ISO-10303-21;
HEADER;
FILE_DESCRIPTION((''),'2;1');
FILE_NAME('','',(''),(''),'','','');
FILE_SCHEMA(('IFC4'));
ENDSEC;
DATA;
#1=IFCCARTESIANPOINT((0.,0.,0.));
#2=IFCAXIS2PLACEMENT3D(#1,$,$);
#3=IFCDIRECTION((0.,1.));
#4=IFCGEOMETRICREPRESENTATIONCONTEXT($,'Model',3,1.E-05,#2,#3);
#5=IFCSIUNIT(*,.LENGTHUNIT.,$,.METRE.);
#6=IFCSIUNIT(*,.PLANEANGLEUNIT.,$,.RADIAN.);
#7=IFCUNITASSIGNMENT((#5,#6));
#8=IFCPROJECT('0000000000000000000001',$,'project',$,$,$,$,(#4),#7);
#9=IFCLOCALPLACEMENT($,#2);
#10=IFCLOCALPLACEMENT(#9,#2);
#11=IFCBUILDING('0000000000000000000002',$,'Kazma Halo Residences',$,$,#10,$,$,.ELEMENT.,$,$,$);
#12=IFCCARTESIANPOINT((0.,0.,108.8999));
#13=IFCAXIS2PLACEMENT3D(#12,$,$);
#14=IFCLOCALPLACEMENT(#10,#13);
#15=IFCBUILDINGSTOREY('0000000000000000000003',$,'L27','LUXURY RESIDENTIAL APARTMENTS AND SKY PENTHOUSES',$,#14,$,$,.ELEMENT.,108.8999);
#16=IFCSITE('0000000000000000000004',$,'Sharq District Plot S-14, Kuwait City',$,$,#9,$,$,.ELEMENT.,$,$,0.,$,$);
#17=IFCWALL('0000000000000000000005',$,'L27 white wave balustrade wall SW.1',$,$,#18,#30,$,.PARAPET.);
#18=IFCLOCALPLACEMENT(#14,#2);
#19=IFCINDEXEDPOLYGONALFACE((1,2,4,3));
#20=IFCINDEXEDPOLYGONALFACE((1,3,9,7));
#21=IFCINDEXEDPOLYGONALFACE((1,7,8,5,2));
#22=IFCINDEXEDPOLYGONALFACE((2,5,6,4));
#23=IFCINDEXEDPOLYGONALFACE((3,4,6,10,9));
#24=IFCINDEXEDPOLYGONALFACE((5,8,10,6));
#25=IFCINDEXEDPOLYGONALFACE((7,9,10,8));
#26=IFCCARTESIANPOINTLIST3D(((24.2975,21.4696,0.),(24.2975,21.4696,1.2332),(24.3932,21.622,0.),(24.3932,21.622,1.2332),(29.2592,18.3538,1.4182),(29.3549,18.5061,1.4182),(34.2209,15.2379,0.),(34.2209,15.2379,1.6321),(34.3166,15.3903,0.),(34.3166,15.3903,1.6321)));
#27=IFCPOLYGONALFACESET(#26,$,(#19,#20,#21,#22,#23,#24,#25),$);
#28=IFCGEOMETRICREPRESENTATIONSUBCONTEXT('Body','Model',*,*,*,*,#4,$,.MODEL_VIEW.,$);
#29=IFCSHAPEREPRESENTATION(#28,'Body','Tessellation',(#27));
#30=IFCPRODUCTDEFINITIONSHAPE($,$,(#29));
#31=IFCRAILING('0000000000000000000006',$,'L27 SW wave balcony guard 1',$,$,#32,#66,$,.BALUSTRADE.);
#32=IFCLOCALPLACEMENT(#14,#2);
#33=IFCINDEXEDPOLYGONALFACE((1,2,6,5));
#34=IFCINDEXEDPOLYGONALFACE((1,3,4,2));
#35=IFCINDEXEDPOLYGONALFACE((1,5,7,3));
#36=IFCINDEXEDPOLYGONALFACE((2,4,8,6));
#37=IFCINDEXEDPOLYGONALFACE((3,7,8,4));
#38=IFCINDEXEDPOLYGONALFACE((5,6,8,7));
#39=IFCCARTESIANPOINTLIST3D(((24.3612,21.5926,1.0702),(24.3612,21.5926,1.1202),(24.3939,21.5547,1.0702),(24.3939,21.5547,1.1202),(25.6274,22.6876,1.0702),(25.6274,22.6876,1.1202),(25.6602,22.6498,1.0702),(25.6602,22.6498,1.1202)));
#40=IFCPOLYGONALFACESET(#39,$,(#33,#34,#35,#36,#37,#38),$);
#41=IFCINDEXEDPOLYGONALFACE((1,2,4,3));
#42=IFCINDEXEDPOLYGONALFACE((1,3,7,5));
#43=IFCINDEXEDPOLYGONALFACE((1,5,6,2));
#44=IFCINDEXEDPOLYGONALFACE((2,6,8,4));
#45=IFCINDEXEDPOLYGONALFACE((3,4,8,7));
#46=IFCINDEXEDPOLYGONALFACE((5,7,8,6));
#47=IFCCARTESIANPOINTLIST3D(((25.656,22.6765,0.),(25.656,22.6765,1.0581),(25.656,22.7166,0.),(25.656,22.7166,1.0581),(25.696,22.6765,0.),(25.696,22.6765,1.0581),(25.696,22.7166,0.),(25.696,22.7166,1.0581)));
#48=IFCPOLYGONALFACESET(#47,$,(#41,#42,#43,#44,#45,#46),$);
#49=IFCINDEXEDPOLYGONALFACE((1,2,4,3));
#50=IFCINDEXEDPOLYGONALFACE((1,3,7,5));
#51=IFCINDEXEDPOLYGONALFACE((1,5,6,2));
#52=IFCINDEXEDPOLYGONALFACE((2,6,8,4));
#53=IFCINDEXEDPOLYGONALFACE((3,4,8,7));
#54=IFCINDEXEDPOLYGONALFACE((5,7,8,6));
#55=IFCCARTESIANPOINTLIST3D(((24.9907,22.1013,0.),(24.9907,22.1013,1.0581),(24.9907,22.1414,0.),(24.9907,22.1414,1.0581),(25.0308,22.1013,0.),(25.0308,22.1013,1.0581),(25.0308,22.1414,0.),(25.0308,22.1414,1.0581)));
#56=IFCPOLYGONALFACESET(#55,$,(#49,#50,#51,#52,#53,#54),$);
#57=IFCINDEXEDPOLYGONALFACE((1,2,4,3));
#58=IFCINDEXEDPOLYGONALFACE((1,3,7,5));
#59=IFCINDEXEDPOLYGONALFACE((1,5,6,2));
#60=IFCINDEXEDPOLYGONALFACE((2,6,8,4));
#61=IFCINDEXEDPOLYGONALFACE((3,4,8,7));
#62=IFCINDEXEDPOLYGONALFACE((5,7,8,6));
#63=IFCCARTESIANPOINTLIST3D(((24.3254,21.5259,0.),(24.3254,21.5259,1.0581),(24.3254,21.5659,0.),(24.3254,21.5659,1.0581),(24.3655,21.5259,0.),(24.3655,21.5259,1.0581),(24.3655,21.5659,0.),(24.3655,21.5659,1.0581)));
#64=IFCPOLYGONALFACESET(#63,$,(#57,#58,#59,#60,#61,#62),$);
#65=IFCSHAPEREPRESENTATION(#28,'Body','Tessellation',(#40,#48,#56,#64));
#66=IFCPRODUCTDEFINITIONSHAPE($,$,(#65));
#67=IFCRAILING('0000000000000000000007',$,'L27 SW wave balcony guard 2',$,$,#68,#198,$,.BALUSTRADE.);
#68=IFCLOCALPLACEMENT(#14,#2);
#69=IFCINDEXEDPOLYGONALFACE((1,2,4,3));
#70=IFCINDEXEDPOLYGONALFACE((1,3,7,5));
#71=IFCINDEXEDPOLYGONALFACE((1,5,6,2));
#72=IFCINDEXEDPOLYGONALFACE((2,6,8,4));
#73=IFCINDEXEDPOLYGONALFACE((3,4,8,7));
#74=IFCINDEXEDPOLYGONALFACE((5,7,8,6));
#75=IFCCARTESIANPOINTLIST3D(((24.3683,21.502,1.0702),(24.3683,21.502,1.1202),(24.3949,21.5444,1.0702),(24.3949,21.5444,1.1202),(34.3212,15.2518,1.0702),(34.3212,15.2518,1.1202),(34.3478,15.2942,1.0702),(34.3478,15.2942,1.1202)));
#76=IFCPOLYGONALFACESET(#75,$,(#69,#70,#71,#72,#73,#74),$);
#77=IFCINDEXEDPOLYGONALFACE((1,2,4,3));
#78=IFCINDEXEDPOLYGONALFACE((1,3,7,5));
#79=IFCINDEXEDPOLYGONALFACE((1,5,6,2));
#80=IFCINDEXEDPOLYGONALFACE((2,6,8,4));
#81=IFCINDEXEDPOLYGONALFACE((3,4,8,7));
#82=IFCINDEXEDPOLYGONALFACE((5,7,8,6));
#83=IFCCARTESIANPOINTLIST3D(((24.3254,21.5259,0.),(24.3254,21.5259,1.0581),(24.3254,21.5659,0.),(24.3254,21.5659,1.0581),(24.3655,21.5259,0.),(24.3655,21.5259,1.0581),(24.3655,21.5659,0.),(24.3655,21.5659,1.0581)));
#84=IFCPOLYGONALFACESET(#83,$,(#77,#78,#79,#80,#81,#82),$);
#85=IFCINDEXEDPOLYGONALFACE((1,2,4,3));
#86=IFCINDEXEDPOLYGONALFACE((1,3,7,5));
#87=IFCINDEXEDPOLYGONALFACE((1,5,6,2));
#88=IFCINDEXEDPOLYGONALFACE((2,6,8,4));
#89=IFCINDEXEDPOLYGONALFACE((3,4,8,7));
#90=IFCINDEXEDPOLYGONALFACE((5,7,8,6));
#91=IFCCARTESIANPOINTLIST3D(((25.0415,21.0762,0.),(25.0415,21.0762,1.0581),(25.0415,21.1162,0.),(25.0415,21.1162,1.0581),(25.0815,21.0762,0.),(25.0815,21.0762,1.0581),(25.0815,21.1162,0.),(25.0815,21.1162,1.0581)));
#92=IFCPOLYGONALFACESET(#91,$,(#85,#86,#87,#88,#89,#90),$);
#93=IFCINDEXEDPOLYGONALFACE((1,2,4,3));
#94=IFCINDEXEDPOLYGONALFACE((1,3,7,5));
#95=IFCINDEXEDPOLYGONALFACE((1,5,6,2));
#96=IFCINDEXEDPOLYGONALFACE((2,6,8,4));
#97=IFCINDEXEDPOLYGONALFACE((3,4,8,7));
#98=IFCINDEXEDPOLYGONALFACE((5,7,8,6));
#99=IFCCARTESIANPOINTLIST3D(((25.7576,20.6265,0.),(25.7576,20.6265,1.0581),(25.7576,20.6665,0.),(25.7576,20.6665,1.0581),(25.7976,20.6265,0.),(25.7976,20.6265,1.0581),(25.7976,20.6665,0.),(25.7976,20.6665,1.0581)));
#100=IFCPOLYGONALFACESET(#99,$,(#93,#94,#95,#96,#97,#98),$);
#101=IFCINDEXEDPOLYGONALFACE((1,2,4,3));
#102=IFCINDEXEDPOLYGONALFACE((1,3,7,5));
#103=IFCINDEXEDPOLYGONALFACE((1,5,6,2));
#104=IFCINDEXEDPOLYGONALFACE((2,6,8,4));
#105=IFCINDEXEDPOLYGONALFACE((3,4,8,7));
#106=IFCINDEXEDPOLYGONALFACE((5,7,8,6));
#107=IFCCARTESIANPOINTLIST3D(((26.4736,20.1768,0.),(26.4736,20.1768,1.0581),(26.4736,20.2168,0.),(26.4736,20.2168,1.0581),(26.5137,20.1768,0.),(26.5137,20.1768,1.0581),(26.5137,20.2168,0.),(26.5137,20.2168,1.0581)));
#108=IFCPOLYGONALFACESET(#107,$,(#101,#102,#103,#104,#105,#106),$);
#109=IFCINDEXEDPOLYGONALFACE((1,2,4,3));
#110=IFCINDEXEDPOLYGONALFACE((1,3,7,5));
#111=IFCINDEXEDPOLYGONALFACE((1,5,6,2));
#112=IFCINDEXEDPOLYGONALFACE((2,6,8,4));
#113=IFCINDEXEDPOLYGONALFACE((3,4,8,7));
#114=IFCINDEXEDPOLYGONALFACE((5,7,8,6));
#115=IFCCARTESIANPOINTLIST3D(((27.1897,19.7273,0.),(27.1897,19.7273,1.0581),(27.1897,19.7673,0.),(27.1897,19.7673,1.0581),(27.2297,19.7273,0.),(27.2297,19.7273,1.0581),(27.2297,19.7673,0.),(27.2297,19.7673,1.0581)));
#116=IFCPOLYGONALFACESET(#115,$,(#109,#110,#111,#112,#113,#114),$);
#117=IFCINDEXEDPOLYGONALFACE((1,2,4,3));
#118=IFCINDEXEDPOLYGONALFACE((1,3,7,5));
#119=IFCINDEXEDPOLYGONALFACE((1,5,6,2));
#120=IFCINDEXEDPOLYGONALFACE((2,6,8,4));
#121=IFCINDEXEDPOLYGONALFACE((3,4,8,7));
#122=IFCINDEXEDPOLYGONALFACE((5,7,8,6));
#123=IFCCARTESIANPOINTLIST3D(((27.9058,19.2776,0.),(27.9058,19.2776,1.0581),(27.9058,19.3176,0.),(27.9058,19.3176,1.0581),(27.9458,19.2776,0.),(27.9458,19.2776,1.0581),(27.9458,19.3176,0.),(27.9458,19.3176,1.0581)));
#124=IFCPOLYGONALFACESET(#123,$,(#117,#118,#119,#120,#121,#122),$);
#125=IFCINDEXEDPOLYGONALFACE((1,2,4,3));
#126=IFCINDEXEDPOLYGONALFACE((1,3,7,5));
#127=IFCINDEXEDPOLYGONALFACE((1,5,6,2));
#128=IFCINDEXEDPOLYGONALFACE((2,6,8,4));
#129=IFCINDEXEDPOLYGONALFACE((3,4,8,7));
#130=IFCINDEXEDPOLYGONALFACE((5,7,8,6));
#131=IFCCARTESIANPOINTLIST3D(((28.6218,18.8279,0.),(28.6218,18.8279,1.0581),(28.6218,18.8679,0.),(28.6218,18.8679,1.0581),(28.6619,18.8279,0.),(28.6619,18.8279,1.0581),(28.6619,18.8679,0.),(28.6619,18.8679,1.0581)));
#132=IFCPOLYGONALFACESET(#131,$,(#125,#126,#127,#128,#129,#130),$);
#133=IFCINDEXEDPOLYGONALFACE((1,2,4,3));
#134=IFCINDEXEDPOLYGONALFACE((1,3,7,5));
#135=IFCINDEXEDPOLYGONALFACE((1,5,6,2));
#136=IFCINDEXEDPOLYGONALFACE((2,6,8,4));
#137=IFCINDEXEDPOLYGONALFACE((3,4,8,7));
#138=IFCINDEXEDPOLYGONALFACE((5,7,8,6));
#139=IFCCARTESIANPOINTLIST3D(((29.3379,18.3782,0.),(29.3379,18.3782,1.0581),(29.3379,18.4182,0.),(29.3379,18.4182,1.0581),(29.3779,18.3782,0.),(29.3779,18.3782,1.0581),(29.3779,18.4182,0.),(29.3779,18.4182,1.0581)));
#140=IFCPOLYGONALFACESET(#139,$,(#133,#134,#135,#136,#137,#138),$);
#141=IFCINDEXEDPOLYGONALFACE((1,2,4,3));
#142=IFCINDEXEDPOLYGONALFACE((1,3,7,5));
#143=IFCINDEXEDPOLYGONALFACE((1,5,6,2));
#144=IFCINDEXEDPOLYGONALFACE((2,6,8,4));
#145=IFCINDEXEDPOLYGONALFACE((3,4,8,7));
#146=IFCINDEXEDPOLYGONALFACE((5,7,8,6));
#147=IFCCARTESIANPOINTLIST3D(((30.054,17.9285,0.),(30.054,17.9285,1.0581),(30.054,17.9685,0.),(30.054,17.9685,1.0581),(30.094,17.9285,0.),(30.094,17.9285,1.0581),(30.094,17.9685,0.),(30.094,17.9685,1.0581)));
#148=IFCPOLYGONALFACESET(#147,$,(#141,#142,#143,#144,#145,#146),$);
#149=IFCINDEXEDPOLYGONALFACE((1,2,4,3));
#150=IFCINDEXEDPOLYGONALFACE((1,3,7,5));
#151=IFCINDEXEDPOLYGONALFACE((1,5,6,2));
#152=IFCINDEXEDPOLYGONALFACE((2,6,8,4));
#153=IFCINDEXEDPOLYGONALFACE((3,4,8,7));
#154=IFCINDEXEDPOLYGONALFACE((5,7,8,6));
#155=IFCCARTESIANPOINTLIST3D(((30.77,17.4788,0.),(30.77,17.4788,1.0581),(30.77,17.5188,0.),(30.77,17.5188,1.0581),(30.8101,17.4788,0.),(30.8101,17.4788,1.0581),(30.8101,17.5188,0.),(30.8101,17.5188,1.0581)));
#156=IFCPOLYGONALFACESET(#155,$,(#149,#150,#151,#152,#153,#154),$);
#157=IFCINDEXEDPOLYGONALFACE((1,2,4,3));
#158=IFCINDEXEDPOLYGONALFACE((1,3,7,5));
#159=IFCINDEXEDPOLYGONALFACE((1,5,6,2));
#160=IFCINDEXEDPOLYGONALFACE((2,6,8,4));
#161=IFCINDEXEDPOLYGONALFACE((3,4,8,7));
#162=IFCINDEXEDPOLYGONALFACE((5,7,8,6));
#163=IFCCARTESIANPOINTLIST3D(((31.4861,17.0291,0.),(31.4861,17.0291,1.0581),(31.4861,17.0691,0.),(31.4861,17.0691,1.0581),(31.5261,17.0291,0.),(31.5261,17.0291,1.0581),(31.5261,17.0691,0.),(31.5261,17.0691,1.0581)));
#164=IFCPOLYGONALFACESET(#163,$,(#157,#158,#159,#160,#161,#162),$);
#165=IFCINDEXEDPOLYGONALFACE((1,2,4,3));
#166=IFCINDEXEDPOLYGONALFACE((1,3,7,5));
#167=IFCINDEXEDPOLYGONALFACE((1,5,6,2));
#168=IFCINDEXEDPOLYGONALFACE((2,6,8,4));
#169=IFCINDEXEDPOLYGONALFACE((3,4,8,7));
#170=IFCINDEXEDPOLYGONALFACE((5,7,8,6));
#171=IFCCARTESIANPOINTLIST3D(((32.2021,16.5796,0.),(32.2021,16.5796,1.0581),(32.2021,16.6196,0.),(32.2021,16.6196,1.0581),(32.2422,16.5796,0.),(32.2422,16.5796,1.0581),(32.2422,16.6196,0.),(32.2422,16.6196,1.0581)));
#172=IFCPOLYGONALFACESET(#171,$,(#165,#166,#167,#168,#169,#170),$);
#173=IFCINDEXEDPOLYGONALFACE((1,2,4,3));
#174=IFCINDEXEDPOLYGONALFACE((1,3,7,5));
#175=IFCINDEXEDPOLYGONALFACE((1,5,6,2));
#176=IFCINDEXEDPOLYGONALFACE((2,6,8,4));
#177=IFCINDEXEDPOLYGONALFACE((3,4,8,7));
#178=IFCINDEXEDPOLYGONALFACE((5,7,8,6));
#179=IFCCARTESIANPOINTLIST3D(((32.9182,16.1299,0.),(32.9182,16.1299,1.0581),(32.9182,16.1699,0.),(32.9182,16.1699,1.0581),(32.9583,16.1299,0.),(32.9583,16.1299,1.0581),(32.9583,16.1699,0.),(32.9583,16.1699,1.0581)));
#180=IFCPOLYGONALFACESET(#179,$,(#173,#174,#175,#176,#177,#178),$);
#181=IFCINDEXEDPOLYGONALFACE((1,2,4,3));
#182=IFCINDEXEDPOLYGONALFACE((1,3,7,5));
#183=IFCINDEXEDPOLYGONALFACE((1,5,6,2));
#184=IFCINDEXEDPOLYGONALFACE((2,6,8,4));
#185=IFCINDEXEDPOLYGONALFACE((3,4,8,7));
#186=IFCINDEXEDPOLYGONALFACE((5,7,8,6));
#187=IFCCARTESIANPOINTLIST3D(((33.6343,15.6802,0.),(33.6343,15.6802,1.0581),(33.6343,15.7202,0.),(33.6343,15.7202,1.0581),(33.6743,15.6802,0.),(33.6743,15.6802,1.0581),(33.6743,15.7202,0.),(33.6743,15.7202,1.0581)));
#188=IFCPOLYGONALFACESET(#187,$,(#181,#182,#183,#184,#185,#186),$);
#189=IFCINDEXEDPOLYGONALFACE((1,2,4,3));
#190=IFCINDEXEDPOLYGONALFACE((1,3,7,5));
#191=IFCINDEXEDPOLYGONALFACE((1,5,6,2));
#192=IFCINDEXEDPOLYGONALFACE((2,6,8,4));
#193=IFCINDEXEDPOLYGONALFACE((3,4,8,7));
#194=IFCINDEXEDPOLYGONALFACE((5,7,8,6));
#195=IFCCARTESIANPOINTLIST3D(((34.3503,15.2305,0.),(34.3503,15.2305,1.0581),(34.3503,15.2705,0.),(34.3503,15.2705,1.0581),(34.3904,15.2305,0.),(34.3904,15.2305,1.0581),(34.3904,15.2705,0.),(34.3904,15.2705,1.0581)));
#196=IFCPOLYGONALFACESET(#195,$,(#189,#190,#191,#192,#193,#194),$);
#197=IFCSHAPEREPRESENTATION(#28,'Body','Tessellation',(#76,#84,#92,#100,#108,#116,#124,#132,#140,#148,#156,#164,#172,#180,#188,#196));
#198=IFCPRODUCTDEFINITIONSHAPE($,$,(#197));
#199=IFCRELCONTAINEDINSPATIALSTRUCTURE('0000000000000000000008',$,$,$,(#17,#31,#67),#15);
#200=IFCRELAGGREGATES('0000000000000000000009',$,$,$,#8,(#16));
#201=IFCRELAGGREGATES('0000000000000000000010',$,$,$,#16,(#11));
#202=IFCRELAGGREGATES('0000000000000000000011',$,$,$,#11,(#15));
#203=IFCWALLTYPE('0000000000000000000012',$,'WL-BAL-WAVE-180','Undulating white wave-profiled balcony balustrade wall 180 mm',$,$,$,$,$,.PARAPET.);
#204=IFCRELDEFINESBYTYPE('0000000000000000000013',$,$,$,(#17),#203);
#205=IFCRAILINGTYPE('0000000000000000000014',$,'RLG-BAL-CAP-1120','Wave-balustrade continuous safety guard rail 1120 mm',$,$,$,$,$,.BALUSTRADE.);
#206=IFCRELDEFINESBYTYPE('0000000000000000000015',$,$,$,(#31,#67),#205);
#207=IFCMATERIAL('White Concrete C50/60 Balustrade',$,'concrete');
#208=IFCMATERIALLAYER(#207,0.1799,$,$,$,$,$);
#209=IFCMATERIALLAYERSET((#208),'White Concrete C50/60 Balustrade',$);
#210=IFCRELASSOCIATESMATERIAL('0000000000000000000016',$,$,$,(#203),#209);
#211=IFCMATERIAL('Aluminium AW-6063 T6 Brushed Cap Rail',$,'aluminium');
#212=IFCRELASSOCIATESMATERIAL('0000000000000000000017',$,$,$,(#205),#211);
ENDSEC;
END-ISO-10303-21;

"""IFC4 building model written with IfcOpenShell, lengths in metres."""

from ifc_helpers import new_model, si_unit, direction, frame, origin, origin_2d, place, context, subcontext, project, spatial, polyline, rectangle, outline, extrude, material, layer, layer_set, type_object, element, save


model = new_model("IFC4")

# Units and contexts
model_context = context("Model", 3, precision=1e-05, world=origin(), true_north=direction((0.0, 1.0)))
body_context = subcontext(model_context, "Body", "Model", "MODEL_VIEW")
ifc_project = project(units=[si_unit("LENGTHUNIT", "METRE"), si_unit("PLANEANGLEUNIT", "RADIAN")], contexts=[model_context])

# Site, building, storey
site_placement = place(None, origin())
site = spatial("IfcSite", under=ifc_project, at=site_placement, Name="Sharq District Plot S-14, Kuwait City", CompositionType="ELEMENT", RefElevation=0.0)
building_placement = place(site_placement, origin())
building = spatial("IfcBuilding", under=site, at=building_placement, Name="Kazma Halo Residences", CompositionType="ELEMENT")
storey_placement = place(building_placement, frame((0.0, 0.0, 108.8999)))
storey = spatial("IfcBuildingStorey", under=building, at=storey_placement, Name="L27", Description="LUXURY RESIDENTIAL APARTMENTS AND SKY PENTHOUSES", CompositionType="ELEMENT", Elevation=108.8999)

# Wall
ifc_material_1 = material(Name="White Concrete C50/60 Balustrade", Category="concrete")
ifc_layer_1 = layer(ifc_material_1, 0.1799)
ifc_layer_set_1 = layer_set([ifc_layer_1], Name="White Concrete C50/60 Balustrade")
wall_type_1 = type_object("IfcWallType", Name="WL-BAL-WAVE-180", Description="Undulating white wave-profiled balcony balustrade wall 180 mm", PredefinedType="PARAPET", material=ifc_layer_set_1)
wall_1_placement = place(storey_placement, frame((24.3455, 21.5459, 0.0), z_axis=(0.0, 0.0, 1.0), x_axis=(0.846861, -0.531814, 0.0)))
element("IfcWall", 1, at=wall_1_placement, inside=storey, type_object=wall_type_1, Name="L27 white wave balustrade wall SW.1", PredefinedType="PARAPET", context=body_context, shape_type="SweptSolid", body=[
    extrude(outline(polyline([(0.0, 0.0), (11.7178, 0.0), (11.7178, 1.6321), (5.8589, 1.4182), (0.0, 1.2332), (0.0, 0.0)])), frame((0.0, 0.0898, 0.0), z_axis=(0.0, -1.0, 0.0), x_axis=(1.0, 0.0, 0.0)), (0.0, 0.0, 1.0), 0.1799),
])

# Railings
ifc_material_2 = material(Name="Aluminium AW-6063 T6 Brushed Cap Rail", Category="aluminium")
railing_type = type_object("IfcRailingType", Name="RLG-BAL-CAP-1120", Description="Wave-balustrade continuous safety guard rail 1120 mm", PredefinedType="BALUSTRADE", material=ifc_material_2)
railing_1_placement = place(storey_placement, frame((25.676, 22.6965, 0.0)))
element("IfcRailing", 2, at=railing_1_placement, inside=storey, type_object=railing_type, Name="L27 SW wave balcony guard 1", PredefinedType="BALUSTRADE", context=body_context, shape_type="SweptSolid", body=[
    extrude(rectangle(XDim=0.05, YDim=0.05, at=origin_2d()), frame((-0.0322, -0.0278, 1.0952), z_axis=(-0.756398, -0.654111, 0.0), x_axis=(0.654111, -0.756398, 0.0)), (0.0, 0.0, 1.0), 1.6741),
    extrude(rectangle(XDim=0.04, YDim=0.04, at=origin_2d()), origin(), (0.0, 0.0, 1.0), 1.0581),
    extrude(rectangle(XDim=0.04, YDim=0.04, at=origin_2d()), frame((-0.6653, -0.5752, 0.0)), (0.0, 0.0, 1.0), 1.0581),
    extrude(rectangle(XDim=0.04, YDim=0.04, at=origin_2d()), frame((-1.3306, -1.1506, 0.0)), (0.0, 0.0, 1.0), 1.0581),
])
railing_2_placement = place(storey_placement, frame((24.3455, 21.5459, 0.0)))
element("IfcRailing", 3, at=railing_2_placement, inside=storey, type_object=railing_type, Name="L27 SW wave balcony guard 2", PredefinedType="BALUSTRADE", context=body_context, shape_type="SweptSolid", body=[
    extrude(rectangle(XDim=0.05, YDim=0.05, at=origin_2d()), frame((0.0361, -0.0227, 1.0952), z_axis=(0.846863, -0.531811, 0.0), x_axis=(0.531811, 0.846863, 0.0)), (0.0, 0.0, 1.0), 11.7527),
    extrude(rectangle(XDim=0.04, YDim=0.04, at=origin_2d()), origin(), (0.0, 0.0, 1.0), 1.0581),
    extrude(rectangle(XDim=0.04, YDim=0.04, at=origin_2d()), frame((0.7161, -0.4497, 0.0)), (0.0, 0.0, 1.0), 1.0581),
    extrude(rectangle(XDim=0.04, YDim=0.04, at=origin_2d()), frame((1.4321, -0.8994, 0.0)), (0.0, 0.0, 1.0), 1.0581),
    extrude(rectangle(XDim=0.04, YDim=0.04, at=origin_2d()), frame((2.1482, -1.3491, 0.0)), (0.0, 0.0, 1.0), 1.0581),
    extrude(rectangle(XDim=0.04, YDim=0.04, at=origin_2d()), frame((2.8643, -1.7986, 0.0)), (0.0, 0.0, 1.0), 1.0581),
    extrude(rectangle(XDim=0.04, YDim=0.04, at=origin_2d()), frame((3.5803, -2.2483, 0.0)), (0.0, 0.0, 1.0), 1.0581),
    extrude(rectangle(XDim=0.04, YDim=0.04, at=origin_2d()), frame((4.2964, -2.698, 0.0)), (0.0, 0.0, 1.0), 1.0581),
    extrude(rectangle(XDim=0.04, YDim=0.04, at=origin_2d()), frame((5.0125, -3.1477, 0.0)), (0.0, 0.0, 1.0), 1.0581),
    extrude(rectangle(XDim=0.04, YDim=0.04, at=origin_2d()), frame((5.7285, -3.5974, 0.0)), (0.0, 0.0, 1.0), 1.0581),
    extrude(rectangle(XDim=0.04, YDim=0.04, at=origin_2d()), frame((6.4446, -4.0471, 0.0)), (0.0, 0.0, 1.0), 1.0581),
    extrude(rectangle(XDim=0.04, YDim=0.04, at=origin_2d()), frame((7.1606, -4.4968, 0.0)), (0.0, 0.0, 1.0), 1.0581),
    extrude(rectangle(XDim=0.04, YDim=0.04, at=origin_2d()), frame((7.8767, -4.9463, 0.0)), (0.0, 0.0, 1.0), 1.0581),
    extrude(rectangle(XDim=0.04, YDim=0.04, at=origin_2d()), frame((8.5928, -5.396, 0.0)), (0.0, 0.0, 1.0), 1.0581),
    extrude(rectangle(XDim=0.04, YDim=0.04, at=origin_2d()), frame((9.3088, -5.8457, 0.0)), (0.0, 0.0, 1.0), 1.0581),
    extrude(rectangle(XDim=0.04, YDim=0.04, at=origin_2d()), frame((10.0249, -6.2954, 0.0)), (0.0, 0.0, 1.0), 1.0581),
])

save(model, "model.ifc")
